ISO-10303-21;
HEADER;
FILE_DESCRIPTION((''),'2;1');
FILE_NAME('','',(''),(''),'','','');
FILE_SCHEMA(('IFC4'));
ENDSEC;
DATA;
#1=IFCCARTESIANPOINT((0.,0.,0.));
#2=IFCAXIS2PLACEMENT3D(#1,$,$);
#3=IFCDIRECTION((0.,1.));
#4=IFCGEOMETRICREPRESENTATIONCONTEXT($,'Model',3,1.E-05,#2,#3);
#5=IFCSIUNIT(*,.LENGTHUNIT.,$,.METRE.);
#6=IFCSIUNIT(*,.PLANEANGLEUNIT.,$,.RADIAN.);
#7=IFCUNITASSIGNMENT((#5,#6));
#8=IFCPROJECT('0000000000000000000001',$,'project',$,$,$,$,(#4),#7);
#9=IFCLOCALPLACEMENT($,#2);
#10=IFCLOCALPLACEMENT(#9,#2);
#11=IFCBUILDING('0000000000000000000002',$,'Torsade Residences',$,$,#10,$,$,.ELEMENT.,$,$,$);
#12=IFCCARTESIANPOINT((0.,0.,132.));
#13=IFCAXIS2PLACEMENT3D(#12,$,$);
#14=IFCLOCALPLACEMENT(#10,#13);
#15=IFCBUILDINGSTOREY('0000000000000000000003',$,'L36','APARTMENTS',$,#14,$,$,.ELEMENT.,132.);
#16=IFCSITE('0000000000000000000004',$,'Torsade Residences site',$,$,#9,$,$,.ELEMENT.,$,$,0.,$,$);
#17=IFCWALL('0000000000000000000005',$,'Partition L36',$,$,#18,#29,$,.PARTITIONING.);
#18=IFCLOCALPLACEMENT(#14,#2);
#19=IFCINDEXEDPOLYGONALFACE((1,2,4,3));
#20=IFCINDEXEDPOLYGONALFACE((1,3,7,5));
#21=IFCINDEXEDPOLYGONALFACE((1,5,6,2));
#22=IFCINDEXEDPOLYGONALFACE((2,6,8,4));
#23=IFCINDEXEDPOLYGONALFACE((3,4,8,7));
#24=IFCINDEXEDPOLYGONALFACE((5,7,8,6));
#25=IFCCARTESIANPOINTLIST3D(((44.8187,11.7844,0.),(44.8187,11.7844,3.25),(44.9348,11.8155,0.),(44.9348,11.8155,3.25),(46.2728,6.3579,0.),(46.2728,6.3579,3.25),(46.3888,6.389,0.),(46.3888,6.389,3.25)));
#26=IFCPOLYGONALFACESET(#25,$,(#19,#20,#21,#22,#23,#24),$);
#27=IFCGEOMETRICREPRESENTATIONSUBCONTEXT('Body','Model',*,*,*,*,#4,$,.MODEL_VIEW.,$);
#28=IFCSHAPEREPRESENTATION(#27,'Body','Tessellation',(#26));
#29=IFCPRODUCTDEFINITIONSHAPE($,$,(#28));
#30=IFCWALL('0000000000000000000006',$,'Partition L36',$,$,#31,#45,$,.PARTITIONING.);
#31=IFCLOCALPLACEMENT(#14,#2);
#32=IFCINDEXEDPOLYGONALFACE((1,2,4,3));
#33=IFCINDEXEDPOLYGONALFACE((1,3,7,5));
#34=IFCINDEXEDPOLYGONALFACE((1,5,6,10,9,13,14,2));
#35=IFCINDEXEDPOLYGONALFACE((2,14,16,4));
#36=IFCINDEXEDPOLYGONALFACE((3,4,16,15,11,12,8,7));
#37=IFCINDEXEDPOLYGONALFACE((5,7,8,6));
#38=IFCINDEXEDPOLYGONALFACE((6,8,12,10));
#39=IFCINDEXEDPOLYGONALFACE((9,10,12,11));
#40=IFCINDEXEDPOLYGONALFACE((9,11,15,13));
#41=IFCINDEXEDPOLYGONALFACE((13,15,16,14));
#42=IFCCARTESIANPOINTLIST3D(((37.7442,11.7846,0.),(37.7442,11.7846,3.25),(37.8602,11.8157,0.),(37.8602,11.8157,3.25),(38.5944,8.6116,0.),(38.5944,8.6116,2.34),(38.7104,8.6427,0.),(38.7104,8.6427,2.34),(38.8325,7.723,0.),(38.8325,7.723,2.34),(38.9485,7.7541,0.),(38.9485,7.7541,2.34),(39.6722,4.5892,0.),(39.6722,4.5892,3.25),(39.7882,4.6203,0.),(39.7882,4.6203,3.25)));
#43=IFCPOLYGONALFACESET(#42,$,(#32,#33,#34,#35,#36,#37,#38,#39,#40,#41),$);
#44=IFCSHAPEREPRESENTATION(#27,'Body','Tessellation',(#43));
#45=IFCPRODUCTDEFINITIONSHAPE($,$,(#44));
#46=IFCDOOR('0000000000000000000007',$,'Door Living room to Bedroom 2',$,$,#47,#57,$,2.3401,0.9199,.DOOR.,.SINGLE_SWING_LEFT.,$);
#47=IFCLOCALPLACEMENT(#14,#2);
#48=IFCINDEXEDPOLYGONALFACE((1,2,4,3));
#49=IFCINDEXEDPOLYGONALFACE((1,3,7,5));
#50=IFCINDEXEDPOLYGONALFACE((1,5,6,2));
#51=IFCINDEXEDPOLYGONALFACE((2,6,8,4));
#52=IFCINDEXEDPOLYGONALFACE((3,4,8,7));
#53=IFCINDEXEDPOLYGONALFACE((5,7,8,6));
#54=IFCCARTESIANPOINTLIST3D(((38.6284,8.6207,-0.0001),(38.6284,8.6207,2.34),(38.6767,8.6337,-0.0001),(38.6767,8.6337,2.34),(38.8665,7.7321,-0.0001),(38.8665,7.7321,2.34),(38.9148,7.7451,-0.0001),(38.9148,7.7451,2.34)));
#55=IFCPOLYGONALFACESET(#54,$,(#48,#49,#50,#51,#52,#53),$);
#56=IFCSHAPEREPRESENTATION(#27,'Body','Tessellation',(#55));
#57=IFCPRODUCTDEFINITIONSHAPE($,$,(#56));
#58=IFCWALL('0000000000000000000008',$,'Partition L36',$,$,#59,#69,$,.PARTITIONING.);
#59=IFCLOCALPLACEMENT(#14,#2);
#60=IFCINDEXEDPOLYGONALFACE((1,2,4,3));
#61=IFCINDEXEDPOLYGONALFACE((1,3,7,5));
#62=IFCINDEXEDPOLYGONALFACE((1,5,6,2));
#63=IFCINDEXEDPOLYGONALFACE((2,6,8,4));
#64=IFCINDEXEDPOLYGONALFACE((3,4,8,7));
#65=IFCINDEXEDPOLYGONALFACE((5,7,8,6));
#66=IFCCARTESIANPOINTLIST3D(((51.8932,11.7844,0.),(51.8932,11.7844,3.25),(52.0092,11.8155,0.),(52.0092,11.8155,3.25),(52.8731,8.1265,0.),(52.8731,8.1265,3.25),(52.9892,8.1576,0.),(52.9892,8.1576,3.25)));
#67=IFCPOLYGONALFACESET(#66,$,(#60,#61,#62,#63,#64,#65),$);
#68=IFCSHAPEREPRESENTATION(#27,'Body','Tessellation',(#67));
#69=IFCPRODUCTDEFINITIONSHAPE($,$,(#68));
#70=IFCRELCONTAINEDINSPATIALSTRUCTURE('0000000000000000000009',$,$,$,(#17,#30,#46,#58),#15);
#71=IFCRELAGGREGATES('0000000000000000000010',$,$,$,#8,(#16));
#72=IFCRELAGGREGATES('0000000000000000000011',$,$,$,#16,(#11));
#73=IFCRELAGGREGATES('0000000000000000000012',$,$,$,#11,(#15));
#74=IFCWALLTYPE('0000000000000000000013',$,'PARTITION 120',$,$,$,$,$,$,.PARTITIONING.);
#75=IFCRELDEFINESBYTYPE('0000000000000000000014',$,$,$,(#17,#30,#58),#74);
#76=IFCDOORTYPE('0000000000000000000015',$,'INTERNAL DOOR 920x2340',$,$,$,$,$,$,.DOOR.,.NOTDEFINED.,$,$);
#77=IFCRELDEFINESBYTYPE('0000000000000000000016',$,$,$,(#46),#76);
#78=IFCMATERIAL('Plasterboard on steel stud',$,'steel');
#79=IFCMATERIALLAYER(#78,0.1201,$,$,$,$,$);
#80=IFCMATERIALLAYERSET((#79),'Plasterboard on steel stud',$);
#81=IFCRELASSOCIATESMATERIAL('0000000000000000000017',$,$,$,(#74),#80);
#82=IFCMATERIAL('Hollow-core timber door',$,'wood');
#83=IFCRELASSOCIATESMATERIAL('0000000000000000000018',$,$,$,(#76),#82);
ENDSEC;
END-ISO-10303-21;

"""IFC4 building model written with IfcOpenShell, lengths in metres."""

from ifc_helpers import new_model, si_unit, direction, frame, frame_2d, origin, place, context, subcontext, project, spatial, rectangle, extrude, material, layer, layer_set, type_object, element, fill, save


model = new_model("IFC4")

# Units and contexts
model_context = context("Model", 3, precision=1e-05, world=origin(), true_north=direction((0.0, 1.0)))
body_context = subcontext(model_context, "Body", "Model", "MODEL_VIEW")
ifc_project = project(units=[si_unit("LENGTHUNIT", "METRE"), si_unit("PLANEANGLEUNIT", "RADIAN")], contexts=[model_context])

# Site, building, storey
site_placement = place(None, origin())
site = spatial("IfcSite", under=ifc_project, at=site_placement, Name="Torsade Residences site", CompositionType="ELEMENT", RefElevation=0.0)
building_placement = place(site_placement, origin())
building = spatial("IfcBuilding", under=site, at=building_placement, Name="Torsade Residences", CompositionType="ELEMENT")
storey_placement = place(building_placement, frame((0.0, 0.0, 132.0)))
storey = spatial("IfcBuildingStorey", under=building, at=storey_placement, Name="L36", Description="APARTMENTS", CompositionType="ELEMENT", Elevation=132.0)

# Shared definitions
ifc_material_1 = material(Name="Plasterboard on steel stud", Category="steel")
ifc_layer_1 = layer(ifc_material_1, 0.1201)
ifc_layer_set_1 = layer_set([ifc_layer_1], Name="Plasterboard on steel stud")
wall_type = type_object("IfcWallType", Name="PARTITION 120", PredefinedType="PARTITIONING", material=ifc_layer_set_1)

# Wall
wall_1_placement = place(storey_placement, frame((44.8767, 11.8, 0.0), z_axis=(0.0, 0.0, 1.0), x_axis=(0.258831, -0.965923, 0.0)))
element("IfcWall", 1, at=wall_1_placement, inside=storey, type_object=wall_type, Name="Partition L36", PredefinedType="PARTITIONING", context=body_context, shape_type="SweptSolid", body=[
    extrude(rectangle(XDim=5.6179, YDim=0.1201, at=frame_2d((2.8091, 0.0))), origin(), (0.0, 0.0, 1.0), 3.25),
])

# Wall, opening, door
wall_2_placement = place(storey_placement, frame((39.7302, 4.6047, 0.0), z_axis=(0.0, 0.0, 1.0), x_axis=(-0.258819, 0.965926, 0.0)))
wall_2 = element("IfcWall", 2, at=wall_2_placement, inside=storey, type_object=wall_type, Name="Partition L36", PredefinedType="PARTITIONING", context=body_context, shape_type="SweptSolid", body=[
    extrude(rectangle(XDim=7.4492, YDim=0.1201, at=frame_2d((3.7246, 0.0))), origin(), (0.0, 0.0, 1.0), 3.25),
])
opening_1_placement = place(wall_2_placement, frame((3.2444, 0.0, 0.0)))
opening_1 = element("IfcOpeningElement", 3, at=opening_1_placement, cuts=wall_2, PredefinedType="OPENING", context=body_context, shape_type="SweptSolid", body=[
    extrude(rectangle(XDim=0.9199, YDim=2.3401, at=frame_2d((0.46, 1.1699))), frame((0.0, 0.0701, 0.0), z_axis=(0.0, -1.0, 0.0), x_axis=(1.0, 0.0, 0.0)), (0.0, 0.0, 1.0), 0.1401),
])
ifc_material_2 = material(Name="Hollow-core timber door", Category="wood")
door_type_1 = type_object("IfcDoorType", Name="INTERNAL DOOR 920x2340", OperationType="NOTDEFINED", PredefinedType="DOOR", material=ifc_material_2)
door_1_placement = place(opening_1_placement, origin())
door_1 = element("IfcDoor", 4, at=door_1_placement, inside=storey, type_object=door_type_1, Name="Door Living room to Bedroom 2", OperationType="SINGLE_SWING_LEFT", OverallHeight=2.3401, OverallWidth=0.9199, PredefinedType="DOOR", context=body_context, shape_type="SweptSolid", body=[
    extrude(rectangle(XDim=0.9199, YDim=2.3401, at=frame_2d((0.46, 1.1699))), frame((0.0, 0.0249, 0.0), z_axis=(0.0, -1.0, 0.0), x_axis=(1.0, 0.0, 0.0)), (0.0, 0.0, 1.0), 0.05),
])
fill(opening_1, door_1)

# Wall
wall_3_placement = place(storey_placement, frame((51.9512, 11.8, 0.0), z_axis=(0.0, 0.0, 1.0), x_axis=(0.258778, -0.965937, 0.0)))
element("IfcWall", 5, at=wall_3_placement, inside=storey, type_object=wall_type, Name="Partition L36", PredefinedType="PARTITIONING", context=body_context, shape_type="SweptSolid", body=[
    extrude(rectangle(XDim=3.7869, YDim=0.1201, at=frame_2d((1.8936, 0.0))), origin(), (0.0, 0.0, 1.0), 3.25),
])

save(model, "model.ifc")
